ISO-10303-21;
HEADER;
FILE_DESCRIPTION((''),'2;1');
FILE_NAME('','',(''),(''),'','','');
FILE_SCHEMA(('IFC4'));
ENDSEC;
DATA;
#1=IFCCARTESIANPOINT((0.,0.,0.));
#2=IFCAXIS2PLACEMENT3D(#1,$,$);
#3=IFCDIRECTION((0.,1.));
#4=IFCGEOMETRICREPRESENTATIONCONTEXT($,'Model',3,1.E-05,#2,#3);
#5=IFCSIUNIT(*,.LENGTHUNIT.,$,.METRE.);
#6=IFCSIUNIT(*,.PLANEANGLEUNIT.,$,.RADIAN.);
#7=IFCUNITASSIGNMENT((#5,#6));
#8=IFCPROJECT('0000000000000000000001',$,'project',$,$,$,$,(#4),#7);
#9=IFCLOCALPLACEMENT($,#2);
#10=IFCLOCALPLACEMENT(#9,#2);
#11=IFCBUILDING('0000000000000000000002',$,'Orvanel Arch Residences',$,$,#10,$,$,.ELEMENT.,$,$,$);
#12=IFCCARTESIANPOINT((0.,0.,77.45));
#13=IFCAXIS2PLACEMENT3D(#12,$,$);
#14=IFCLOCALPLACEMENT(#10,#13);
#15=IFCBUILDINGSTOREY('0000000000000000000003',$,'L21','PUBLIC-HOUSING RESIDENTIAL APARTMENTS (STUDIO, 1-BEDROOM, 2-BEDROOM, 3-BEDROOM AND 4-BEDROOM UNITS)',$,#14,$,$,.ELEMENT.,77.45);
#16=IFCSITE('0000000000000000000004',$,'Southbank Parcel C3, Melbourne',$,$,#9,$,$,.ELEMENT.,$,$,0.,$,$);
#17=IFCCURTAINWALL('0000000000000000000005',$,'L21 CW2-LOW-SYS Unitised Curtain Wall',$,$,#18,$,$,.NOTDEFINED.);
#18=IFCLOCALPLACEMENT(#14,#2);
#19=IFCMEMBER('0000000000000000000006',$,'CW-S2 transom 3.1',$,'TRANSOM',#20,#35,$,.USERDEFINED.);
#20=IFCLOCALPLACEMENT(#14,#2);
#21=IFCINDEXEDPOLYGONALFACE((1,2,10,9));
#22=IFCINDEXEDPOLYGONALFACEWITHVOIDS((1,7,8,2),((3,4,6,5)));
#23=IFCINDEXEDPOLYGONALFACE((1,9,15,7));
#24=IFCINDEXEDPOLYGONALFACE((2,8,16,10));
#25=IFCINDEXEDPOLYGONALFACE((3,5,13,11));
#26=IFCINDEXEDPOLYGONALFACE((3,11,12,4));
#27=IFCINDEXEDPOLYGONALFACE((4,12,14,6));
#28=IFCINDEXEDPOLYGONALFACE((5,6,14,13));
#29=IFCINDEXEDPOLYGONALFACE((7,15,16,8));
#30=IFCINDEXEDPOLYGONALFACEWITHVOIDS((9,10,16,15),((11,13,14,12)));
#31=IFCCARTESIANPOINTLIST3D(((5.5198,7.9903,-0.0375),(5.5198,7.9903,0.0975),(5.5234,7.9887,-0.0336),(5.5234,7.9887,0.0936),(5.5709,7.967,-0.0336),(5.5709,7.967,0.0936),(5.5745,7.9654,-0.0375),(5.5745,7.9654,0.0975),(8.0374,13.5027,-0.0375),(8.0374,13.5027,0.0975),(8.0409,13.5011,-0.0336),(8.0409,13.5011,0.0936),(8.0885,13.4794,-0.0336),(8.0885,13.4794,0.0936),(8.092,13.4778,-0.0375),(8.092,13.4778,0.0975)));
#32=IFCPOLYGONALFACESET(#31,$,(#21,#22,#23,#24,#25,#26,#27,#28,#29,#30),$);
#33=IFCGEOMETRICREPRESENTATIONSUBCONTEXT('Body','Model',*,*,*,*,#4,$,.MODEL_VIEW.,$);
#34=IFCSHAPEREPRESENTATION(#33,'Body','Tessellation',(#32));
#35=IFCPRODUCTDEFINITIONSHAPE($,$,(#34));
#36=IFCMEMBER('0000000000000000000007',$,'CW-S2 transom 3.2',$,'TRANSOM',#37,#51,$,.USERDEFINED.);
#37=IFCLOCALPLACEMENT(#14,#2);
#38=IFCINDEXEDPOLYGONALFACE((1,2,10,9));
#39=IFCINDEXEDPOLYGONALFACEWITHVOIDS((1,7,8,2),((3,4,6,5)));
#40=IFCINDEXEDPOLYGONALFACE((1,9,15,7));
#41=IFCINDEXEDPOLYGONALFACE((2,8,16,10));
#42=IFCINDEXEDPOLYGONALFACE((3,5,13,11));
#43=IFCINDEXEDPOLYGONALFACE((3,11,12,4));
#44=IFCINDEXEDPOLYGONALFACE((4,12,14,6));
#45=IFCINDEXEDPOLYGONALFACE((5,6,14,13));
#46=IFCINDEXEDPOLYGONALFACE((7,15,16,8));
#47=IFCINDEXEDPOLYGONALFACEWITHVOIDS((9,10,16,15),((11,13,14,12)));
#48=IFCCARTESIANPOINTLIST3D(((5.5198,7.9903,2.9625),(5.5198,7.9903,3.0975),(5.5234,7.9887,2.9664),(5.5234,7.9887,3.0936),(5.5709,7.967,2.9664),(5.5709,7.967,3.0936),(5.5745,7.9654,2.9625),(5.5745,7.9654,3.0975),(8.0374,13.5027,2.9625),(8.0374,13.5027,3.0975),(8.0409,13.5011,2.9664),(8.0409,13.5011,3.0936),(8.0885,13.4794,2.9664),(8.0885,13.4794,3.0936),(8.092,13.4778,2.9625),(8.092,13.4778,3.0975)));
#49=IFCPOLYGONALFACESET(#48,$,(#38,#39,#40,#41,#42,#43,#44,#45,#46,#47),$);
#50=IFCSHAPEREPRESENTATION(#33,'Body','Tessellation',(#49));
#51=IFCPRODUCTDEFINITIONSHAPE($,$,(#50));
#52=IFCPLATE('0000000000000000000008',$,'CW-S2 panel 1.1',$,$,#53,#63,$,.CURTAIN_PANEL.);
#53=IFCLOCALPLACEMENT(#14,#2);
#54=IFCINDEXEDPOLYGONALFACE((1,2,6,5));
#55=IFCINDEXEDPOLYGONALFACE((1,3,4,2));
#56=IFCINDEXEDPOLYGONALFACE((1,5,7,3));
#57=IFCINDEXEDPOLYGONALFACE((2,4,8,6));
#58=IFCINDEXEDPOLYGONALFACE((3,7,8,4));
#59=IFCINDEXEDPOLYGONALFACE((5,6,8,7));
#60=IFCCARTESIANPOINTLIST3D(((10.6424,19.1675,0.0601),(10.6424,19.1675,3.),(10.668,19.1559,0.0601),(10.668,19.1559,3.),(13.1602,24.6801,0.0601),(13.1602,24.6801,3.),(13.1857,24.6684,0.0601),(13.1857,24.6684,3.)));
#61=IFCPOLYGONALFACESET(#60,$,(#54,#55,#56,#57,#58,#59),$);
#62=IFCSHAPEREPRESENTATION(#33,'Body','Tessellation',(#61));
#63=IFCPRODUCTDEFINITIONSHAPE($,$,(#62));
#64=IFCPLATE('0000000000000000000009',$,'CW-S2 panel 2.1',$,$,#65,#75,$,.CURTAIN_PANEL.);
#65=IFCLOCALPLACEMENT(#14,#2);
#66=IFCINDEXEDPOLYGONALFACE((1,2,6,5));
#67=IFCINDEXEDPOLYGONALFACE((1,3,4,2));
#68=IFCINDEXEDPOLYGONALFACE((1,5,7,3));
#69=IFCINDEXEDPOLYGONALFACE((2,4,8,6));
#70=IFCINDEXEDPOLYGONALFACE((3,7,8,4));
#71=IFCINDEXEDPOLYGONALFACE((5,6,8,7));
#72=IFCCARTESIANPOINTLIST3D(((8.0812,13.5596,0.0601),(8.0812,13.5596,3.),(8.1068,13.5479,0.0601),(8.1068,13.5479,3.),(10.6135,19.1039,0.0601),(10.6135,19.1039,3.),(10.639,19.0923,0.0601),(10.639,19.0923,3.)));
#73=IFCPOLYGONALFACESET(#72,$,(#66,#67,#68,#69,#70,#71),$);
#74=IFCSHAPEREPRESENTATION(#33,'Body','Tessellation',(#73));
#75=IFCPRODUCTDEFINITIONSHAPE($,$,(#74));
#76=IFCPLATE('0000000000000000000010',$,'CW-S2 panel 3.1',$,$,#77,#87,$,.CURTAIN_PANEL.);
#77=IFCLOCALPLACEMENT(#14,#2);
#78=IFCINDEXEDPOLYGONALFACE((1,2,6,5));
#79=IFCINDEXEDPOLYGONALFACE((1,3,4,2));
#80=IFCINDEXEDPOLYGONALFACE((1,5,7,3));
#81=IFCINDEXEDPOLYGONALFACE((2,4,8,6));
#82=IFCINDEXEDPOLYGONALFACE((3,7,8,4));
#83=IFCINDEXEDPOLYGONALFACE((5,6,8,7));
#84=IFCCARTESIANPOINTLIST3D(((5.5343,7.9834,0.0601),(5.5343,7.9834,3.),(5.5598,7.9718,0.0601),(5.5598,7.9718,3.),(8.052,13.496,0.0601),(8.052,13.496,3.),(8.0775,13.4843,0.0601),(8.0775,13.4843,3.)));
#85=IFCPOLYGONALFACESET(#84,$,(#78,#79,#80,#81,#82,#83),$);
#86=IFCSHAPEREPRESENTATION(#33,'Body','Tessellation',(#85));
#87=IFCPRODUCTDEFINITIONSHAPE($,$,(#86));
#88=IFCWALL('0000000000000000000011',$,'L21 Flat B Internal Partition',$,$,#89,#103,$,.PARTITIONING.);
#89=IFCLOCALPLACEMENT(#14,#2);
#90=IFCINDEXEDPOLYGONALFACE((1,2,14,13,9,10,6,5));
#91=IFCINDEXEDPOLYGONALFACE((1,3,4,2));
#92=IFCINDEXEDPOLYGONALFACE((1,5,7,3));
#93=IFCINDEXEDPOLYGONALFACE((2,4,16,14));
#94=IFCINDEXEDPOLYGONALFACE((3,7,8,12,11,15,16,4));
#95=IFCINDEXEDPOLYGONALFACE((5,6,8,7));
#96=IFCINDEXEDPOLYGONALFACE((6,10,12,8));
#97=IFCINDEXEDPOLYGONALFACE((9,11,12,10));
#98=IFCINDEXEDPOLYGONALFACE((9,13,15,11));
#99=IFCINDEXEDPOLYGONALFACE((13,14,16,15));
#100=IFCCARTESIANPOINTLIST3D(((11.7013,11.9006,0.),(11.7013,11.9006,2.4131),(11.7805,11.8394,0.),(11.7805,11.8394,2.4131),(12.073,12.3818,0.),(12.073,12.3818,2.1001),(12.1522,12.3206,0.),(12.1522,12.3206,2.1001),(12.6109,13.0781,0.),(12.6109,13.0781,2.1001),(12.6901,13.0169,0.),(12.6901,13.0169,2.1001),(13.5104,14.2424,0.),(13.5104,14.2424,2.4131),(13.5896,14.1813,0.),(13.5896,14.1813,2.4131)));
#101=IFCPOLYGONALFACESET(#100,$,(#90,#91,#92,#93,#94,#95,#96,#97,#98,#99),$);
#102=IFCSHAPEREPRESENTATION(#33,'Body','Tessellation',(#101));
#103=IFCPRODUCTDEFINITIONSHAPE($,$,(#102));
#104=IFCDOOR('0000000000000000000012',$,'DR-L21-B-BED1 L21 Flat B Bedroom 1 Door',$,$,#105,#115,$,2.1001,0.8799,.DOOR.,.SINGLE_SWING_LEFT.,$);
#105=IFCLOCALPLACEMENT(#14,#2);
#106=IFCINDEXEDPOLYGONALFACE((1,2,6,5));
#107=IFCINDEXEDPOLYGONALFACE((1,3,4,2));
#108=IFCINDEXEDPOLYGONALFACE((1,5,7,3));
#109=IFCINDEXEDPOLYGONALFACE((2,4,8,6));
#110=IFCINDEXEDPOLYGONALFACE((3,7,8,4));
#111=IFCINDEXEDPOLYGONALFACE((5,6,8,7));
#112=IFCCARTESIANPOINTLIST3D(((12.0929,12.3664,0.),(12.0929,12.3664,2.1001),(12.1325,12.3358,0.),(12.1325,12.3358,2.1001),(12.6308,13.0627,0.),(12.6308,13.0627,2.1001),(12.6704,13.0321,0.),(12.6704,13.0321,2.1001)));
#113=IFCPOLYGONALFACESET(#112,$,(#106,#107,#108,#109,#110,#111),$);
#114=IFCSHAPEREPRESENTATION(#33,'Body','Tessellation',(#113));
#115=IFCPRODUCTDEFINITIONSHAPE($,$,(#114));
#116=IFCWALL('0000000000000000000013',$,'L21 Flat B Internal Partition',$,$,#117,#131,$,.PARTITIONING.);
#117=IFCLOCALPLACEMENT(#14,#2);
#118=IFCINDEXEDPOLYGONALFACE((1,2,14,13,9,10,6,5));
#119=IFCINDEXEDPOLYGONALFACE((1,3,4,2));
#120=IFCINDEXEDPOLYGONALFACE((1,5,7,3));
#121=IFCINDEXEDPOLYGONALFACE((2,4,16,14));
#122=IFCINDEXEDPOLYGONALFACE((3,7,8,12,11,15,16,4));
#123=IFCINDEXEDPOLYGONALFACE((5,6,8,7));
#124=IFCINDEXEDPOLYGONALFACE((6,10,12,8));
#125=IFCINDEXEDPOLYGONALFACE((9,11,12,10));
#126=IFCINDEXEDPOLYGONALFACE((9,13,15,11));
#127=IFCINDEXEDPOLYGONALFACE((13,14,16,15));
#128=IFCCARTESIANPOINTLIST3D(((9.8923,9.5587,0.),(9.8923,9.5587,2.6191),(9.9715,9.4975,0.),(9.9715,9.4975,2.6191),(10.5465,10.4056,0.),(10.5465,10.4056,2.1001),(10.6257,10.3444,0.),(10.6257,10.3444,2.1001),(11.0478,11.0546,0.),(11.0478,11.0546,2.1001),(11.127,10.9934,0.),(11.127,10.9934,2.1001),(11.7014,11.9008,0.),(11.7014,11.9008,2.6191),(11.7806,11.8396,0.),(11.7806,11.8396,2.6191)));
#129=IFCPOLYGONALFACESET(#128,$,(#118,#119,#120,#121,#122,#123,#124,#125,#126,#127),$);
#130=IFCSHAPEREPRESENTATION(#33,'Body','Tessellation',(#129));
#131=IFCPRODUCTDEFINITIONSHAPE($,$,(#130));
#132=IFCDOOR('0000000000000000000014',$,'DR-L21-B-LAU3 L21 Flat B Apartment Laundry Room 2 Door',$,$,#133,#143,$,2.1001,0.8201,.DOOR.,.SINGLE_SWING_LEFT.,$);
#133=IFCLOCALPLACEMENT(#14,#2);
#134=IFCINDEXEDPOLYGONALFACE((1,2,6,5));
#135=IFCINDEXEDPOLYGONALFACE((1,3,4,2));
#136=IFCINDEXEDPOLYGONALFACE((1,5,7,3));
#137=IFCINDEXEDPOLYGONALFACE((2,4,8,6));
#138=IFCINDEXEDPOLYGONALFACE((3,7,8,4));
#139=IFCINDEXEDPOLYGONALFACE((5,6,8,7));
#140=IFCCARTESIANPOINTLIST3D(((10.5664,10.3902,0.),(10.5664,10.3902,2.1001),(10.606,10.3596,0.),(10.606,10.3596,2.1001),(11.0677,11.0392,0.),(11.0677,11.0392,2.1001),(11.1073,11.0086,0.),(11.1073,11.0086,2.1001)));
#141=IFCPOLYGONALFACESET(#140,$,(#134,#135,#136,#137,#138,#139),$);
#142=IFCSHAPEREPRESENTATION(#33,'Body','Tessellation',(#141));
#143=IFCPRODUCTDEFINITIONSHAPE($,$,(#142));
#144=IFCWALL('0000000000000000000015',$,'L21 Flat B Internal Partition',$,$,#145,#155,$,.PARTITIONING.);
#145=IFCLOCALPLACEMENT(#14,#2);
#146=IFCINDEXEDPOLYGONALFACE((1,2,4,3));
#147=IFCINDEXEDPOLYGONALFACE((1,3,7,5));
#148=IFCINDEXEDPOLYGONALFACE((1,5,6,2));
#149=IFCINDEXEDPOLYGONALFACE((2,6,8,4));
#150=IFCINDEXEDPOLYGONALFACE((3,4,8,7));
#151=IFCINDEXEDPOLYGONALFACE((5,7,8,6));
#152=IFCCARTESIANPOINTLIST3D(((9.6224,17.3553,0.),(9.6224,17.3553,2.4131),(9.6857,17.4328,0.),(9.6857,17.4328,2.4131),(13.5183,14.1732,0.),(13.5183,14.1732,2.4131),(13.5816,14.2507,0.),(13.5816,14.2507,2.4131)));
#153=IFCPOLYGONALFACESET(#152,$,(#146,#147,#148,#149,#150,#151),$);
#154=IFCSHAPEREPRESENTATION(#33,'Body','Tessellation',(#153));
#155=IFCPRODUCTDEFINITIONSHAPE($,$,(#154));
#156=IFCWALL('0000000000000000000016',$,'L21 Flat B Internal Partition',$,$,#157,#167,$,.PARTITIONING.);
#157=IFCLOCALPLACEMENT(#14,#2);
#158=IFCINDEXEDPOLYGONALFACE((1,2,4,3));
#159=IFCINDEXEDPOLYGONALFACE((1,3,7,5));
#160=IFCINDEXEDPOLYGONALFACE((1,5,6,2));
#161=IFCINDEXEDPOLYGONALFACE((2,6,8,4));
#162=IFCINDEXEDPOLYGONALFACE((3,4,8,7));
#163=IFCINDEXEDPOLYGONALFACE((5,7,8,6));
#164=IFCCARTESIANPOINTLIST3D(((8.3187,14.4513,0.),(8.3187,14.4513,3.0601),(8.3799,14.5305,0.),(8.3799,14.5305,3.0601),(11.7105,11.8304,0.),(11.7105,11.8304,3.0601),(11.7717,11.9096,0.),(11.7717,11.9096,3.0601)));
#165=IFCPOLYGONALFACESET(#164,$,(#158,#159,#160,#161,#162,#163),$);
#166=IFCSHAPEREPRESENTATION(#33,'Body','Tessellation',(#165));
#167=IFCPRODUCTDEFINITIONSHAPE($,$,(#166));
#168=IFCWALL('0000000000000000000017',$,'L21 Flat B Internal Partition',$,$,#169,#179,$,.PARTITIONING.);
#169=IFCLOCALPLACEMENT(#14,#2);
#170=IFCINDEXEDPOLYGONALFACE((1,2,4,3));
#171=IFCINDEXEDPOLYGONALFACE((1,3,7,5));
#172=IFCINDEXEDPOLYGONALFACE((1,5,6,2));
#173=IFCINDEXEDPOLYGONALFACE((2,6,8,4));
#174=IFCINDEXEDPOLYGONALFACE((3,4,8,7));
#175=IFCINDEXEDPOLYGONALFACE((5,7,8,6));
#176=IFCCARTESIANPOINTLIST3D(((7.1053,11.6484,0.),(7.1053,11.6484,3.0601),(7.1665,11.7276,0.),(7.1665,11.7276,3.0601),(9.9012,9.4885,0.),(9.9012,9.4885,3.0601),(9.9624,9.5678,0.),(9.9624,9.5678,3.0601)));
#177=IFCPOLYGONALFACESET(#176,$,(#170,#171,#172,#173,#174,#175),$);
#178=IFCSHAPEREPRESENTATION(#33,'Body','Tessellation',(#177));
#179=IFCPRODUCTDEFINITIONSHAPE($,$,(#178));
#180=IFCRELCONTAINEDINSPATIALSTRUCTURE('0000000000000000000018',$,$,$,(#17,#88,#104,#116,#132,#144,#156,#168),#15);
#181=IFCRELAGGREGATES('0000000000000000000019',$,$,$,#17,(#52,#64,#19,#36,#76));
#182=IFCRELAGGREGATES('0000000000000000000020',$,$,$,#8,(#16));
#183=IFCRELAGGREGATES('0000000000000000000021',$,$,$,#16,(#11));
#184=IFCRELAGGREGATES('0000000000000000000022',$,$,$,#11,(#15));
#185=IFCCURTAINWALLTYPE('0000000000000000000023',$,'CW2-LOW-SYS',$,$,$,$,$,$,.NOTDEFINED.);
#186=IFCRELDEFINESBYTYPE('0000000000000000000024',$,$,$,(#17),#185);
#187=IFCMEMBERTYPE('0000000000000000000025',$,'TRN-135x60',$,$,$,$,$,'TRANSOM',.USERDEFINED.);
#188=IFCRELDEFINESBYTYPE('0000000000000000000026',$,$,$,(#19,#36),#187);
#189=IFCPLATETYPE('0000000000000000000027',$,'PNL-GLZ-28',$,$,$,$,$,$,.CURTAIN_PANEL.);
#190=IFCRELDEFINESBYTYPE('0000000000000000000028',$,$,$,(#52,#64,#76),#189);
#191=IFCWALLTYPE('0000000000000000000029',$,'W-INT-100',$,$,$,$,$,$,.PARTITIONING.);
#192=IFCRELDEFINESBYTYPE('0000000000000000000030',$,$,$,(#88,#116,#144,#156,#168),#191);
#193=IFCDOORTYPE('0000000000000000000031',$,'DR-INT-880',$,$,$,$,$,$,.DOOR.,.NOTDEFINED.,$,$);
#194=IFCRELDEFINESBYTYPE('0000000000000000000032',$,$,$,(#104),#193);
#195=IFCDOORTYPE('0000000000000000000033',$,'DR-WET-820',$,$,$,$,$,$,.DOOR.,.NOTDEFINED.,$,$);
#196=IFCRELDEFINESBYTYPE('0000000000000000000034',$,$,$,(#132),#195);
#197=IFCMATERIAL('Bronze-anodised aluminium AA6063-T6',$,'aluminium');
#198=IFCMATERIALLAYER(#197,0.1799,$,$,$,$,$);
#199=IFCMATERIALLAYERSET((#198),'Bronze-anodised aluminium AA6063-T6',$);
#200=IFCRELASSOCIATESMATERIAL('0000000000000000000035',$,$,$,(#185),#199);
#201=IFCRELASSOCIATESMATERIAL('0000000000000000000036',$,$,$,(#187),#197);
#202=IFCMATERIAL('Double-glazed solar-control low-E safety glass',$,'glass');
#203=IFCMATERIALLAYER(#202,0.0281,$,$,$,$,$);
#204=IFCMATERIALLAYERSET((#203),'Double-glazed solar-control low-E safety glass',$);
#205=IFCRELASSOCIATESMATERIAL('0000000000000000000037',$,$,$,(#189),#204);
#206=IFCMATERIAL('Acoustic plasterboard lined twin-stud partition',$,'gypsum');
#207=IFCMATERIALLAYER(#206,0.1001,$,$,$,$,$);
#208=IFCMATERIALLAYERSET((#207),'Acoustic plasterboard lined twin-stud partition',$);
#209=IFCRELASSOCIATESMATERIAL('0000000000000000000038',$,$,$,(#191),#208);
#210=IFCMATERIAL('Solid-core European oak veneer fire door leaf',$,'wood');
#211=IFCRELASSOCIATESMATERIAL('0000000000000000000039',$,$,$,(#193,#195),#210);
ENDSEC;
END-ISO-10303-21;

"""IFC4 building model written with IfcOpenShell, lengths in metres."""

from ifc_helpers import new_model, si_unit, direction, frame, frame_2d, origin, origin_2d, place, context, subcontext, project, spatial, rectangle, hollow_rectangle, extrude, material, layer, layer_set, material_profile, profile_set, type_object, element, fill, aggregate, save


model = new_model("IFC4")

# Units and contexts
model_context = context("Model", 3, precision=1e-05, world=origin(), true_north=direction((0.0, 1.0)))
body_context = subcontext(model_context, "Body", "Model", "MODEL_VIEW")
ifc_project = project(units=[si_unit("LENGTHUNIT", "METRE"), si_unit("PLANEANGLEUNIT", "RADIAN")], contexts=[model_context])

# Site, building, storey
site_placement = place(None, origin())
site = spatial("IfcSite", under=ifc_project, at=site_placement, Name="Southbank Parcel C3, Melbourne", CompositionType="ELEMENT", RefElevation=0.0)
building_placement = place(site_placement, origin())
building = spatial("IfcBuilding", under=site, at=building_placement, Name="Orvanel Arch Residences", CompositionType="ELEMENT")
storey_placement = place(building_placement, frame((0.0, 0.0, 77.45)))
storey = spatial("IfcBuildingStorey", under=building, at=storey_placement, Name="L21", Description="PUBLIC-HOUSING RESIDENTIAL APARTMENTS (STUDIO, 1-BEDROOM, 2-BEDROOM, 3-BEDROOM AND 4-BEDROOM UNITS)", CompositionType="ELEMENT", Elevation=77.45)

# Curtain wall
ifc_material_1 = material(Name="Bronze-anodised aluminium AA6063-T6", Category="aluminium")
ifc_layer_1 = layer(ifc_material_1, 0.1799)
ifc_layer_set_1 = layer_set([ifc_layer_1], Name="Bronze-anodised aluminium AA6063-T6")
curtain_wall_type = type_object("IfcCurtainWallType", Name="CW2-LOW-SYS", PredefinedType="NOTDEFINED", material=ifc_layer_set_1)
curtain_wall_placement = place(storey_placement, origin())
curtain_wall = element("IfcCurtainWall", 1, at=curtain_wall_placement, inside=storey, type_object=curtain_wall_type, Name="L21 CW2-LOW-SYS Unitised Curtain Wall", PredefinedType="NOTDEFINED")

# Members
ifc_material_profile_1 = material_profile(ifc_material_1, hollow_rectangle(XDim=0.0601, YDim=0.135, WallThickness=0.0039, at=origin_2d()), Name="ALU135x60x4")
ifc_profile_set_1 = profile_set([ifc_material_profile_1], Name="Bronze-anodised aluminium AA6063-T6")
member_type_1 = type_object("IfcMemberType", Name="TRN-135x60", ElementType="TRANSOM", PredefinedType="USERDEFINED", material=ifc_profile_set_1)
member_1_placement = place(storey_placement, frame((8.0647, 13.4902, 0.03), z_axis=(-0.415432, -0.909624, 0.0), x_axis=(0.909624, -0.415432, 0.0)))
member_1 = element("IfcMember", 2, at=member_1_placement, type_object=member_type_1, Name="CW-S2 transom 3.1", ObjectType="TRANSOM", PredefinedType="USERDEFINED", context=body_context, shape_type="SweptSolid", body=[
    extrude(hollow_rectangle(XDim=0.0601, YDim=0.135, WallThickness=0.0039, at=origin_2d()), origin(), (0.0, 0.0, 1.0), 6.0601),
])
member_2_placement = place(storey_placement, frame((8.0647, 13.4902, 3.03), z_axis=(-0.415432, -0.909624, 0.0), x_axis=(0.909624, -0.415432, 0.0)))
member_2 = element("IfcMember", 3, at=member_2_placement, type_object=member_type_1, Name="CW-S2 transom 3.2", ObjectType="TRANSOM", PredefinedType="USERDEFINED", context=body_context, shape_type="SweptSolid", body=[
    extrude(hollow_rectangle(XDim=0.0601, YDim=0.135, WallThickness=0.0039, at=origin_2d()), origin(), (0.0, 0.0, 1.0), 6.0601),
])

# Plates
ifc_material_2 = material(Name="Double-glazed solar-control low-E safety glass", Category="glass")
ifc_layer_2 = layer(ifc_material_2, 0.0281)
ifc_layer_set_2 = layer_set([ifc_layer_2], Name="Double-glazed solar-control low-E safety glass")
plate_type = type_object("IfcPlateType", Name="PNL-GLZ-28", PredefinedType="CURTAIN_PANEL", material=ifc_layer_set_2)
plate_1_placement = place(storey_placement, frame((11.9141, 21.918, 0.0601), z_axis=(0.0, 0.0, 1.0), x_axis=(-0.415448, -0.909617, 0.0)))
plate_1 = element("IfcPlate", 4, at=plate_1_placement, type_object=plate_type, Name="CW-S2 panel 1.1", PredefinedType="CURTAIN_PANEL", context=body_context, shape_type="SweptSolid", body=[
    extrude(rectangle(XDim=6.0603, YDim=0.0281, at=origin_2d()), origin(), (0.0, 0.0, 1.0), 2.9399),
])
plate_2_placement = place(storey_placement, frame((9.3601, 16.3259, 0.0601), z_axis=(0.0, 0.0, 1.0), x_axis=(-0.415448, -0.909617, 0.0)))
plate_2 = element("IfcPlate", 5, at=plate_2_placement, type_object=plate_type, Name="CW-S2 panel 2.1", PredefinedType="CURTAIN_PANEL", context=body_context, shape_type="SweptSolid", body=[
    extrude(rectangle(XDim=6.0952, YDim=0.0281, at=origin_2d()), origin(), (0.0, 0.0, 1.0), 2.9399),
])
plate_3_placement = place(storey_placement, frame((6.8059, 10.7339, 0.0601), z_axis=(0.0, 0.0, 1.0), x_axis=(-0.415448, -0.909617, 0.0)))
plate_3 = element("IfcPlate", 6, at=plate_3_placement, type_object=plate_type, Name="CW-S2 panel 3.1", PredefinedType="CURTAIN_PANEL", context=body_context, shape_type="SweptSolid", body=[
    extrude(rectangle(XDim=6.0603, YDim=0.0281, at=origin_2d()), origin(), (0.0, 0.0, 1.0), 2.9399),
])
aggregate(curtain_wall, [plate_1, plate_2, member_1, member_2, plate_3])

# Walls, openings, doors
ifc_material_3 = material(Name="Acoustic plasterboard lined twin-stud partition", Category="gypsum")
ifc_layer_3 = layer(ifc_material_3, 0.1001)
ifc_layer_set_3 = layer_set([ifc_layer_3], Name="Acoustic plasterboard lined twin-stud partition")
wall_type_1 = type_object("IfcWallType", Name="W-INT-100", PredefinedType="PARTITIONING", material=ifc_layer_set_3)
wall_1_placement = place(storey_placement, frame((11.741, 11.8701, 0.0), z_axis=(0.0, 0.0, 1.0), x_axis=(0.611344, 0.791365, 0.0)))
wall_1 = element("IfcWall", 7, at=wall_1_placement, inside=storey, type_object=wall_type_1, Name="L21 Flat B Internal Partition", PredefinedType="PARTITIONING", context=body_context, shape_type="SweptSolid", body=[
    extrude(rectangle(XDim=2.9592, YDim=0.1001, at=frame_2d((1.4795, 0.0))), origin(), (0.0, 0.0, 1.0), 2.4131),
])
opening_1_placement = place(wall_1_placement, frame((0.6079, 0.0, 0.0)))
opening_1 = element("IfcOpeningElement", 8, at=opening_1_placement, cuts=wall_1, PredefinedType="OPENING", context=body_context, shape_type="SweptSolid", body=[
    extrude(rectangle(XDim=0.8799, YDim=2.1001, at=frame_2d((0.4399, 1.05))), frame((0.0, 0.0601, 0.0), z_axis=(0.0, -1.0, 0.0), x_axis=(1.0, 0.0, 0.0)), (0.0, 0.0, 1.0), 0.1201),
])
ifc_material_4 = material(Name="Solid-core European oak veneer fire door leaf", Category="wood")
door_type_1 = type_object("IfcDoorType", Name="DR-INT-880", OperationType="NOTDEFINED", PredefinedType="DOOR", material=ifc_material_4)
door_1_placement = place(opening_1_placement, origin())
door_1 = element("IfcDoor", 9, at=door_1_placement, inside=storey, type_object=door_type_1, Name="DR-L21-B-BED1 L21 Flat B Bedroom 1 Door", OperationType="SINGLE_SWING_LEFT", OverallHeight=2.1001, OverallWidth=0.8799, PredefinedType="DOOR", context=body_context, shape_type="SweptSolid", body=[
    extrude(rectangle(XDim=0.8799, YDim=2.1001, at=frame_2d((0.4399, 1.05))), frame((0.0, 0.0249, 0.0), z_axis=(0.0, -1.0, 0.0), x_axis=(1.0, 0.0, 0.0)), (0.0, 0.0, 1.0), 0.05),
])
fill(opening_1, door_1)
wall_2_placement = place(storey_placement, frame((9.9319, 9.5281, 0.0), z_axis=(0.0, 0.0, 1.0), x_axis=(0.611304, 0.791396, 0.0)))
wall_2 = element("IfcWall", 10, at=wall_2_placement, inside=storey, type_object=wall_type_1, Name="L21 Flat B Internal Partition", PredefinedType="PARTITIONING", context=body_context, shape_type="SweptSolid", body=[
    extrude(rectangle(XDim=2.9595, YDim=0.1001, at=frame_2d((1.4797, 0.0))), origin(), (0.0, 0.0, 1.0), 2.6191),
])
opening_2_placement = place(wall_2_placement, frame((1.0701, 0.0, 0.0)))
opening_2 = element("IfcOpeningElement", 11, at=opening_2_placement, cuts=wall_2, PredefinedType="OPENING", context=body_context, shape_type="SweptSolid", body=[
    extrude(rectangle(XDim=0.8201, YDim=2.1001, at=frame_2d((0.4102, 1.05))), frame((0.0, 0.0601, 0.0), z_axis=(0.0, -1.0, 0.0), x_axis=(1.0, 0.0, 0.0)), (0.0, 0.0, 1.0), 0.1201),
])
door_type_2 = type_object("IfcDoorType", Name="DR-WET-820", OperationType="NOTDEFINED", PredefinedType="DOOR", material=ifc_material_4)
door_2_placement = place(opening_2_placement, origin())
door_2 = element("IfcDoor", 12, at=door_2_placement, inside=storey, type_object=door_type_2, Name="DR-L21-B-LAU3 L21 Flat B Apartment Laundry Room 2 Door", OperationType="SINGLE_SWING_LEFT", OverallHeight=2.1001, OverallWidth=0.8201, PredefinedType="DOOR", context=body_context, shape_type="SweptSolid", body=[
    extrude(rectangle(XDim=0.8201, YDim=2.1001, at=frame_2d((0.4102, 1.05))), frame((0.0, 0.0249, 0.0), z_axis=(0.0, -1.0, 0.0), x_axis=(1.0, 0.0, 0.0)), (0.0, 0.0, 1.0), 0.05),
])
fill(opening_2, door_2)

# Walls
wall_3_placement = place(storey_placement, frame((9.6541, 17.394, 0.0), z_axis=(0.0, 0.0, 1.0), x_axis=(0.774493, -0.632582, 0.0)))
element("IfcWall", 13, at=wall_3_placement, inside=storey, type_object=wall_type_1, Name="L21 Flat B Internal Partition", PredefinedType="PARTITIONING", context=body_context, shape_type="SweptSolid", body=[
    extrude(rectangle(XDim=5.0303, YDim=0.1001, at=frame_2d((2.5151, 0.0))), origin(), (0.0, 0.0, 1.0), 2.4131),
])
wall_4_placement = place(storey_placement, frame((11.741, 11.8701, 0.0), z_axis=(0.0, 0.0, 1.0), x_axis=(-0.791299, 0.61143, 0.0)))
element("IfcWall", 14, at=wall_4_placement, inside=storey, type_object=wall_type_1, Name="L21 Flat B Internal Partition", PredefinedType="PARTITIONING", context=body_context, shape_type="SweptSolid", body=[
    extrude(rectangle(XDim=4.2864, YDim=0.1001, at=frame_2d((2.1431, 0.0))), origin(), (0.0, 0.0, 1.0), 3.0601),
])
wall_5_placement = place(storey_placement, frame((9.9319, 9.5281, 0.0), z_axis=(0.0, 0.0, 1.0), x_axis=(-0.791361, 0.611349, 0.0)))
element("IfcWall", 15, at=wall_5_placement, inside=storey, type_object=wall_type_1, Name="L21 Flat B Internal Partition", PredefinedType="PARTITIONING", context=body_context, shape_type="SweptSolid", body=[
    extrude(rectangle(XDim=3.533, YDim=0.1001, at=frame_2d((1.7666, 0.0))), origin(), (0.0, 0.0, 1.0), 3.0601),
])

save(model, "model.ifc")
